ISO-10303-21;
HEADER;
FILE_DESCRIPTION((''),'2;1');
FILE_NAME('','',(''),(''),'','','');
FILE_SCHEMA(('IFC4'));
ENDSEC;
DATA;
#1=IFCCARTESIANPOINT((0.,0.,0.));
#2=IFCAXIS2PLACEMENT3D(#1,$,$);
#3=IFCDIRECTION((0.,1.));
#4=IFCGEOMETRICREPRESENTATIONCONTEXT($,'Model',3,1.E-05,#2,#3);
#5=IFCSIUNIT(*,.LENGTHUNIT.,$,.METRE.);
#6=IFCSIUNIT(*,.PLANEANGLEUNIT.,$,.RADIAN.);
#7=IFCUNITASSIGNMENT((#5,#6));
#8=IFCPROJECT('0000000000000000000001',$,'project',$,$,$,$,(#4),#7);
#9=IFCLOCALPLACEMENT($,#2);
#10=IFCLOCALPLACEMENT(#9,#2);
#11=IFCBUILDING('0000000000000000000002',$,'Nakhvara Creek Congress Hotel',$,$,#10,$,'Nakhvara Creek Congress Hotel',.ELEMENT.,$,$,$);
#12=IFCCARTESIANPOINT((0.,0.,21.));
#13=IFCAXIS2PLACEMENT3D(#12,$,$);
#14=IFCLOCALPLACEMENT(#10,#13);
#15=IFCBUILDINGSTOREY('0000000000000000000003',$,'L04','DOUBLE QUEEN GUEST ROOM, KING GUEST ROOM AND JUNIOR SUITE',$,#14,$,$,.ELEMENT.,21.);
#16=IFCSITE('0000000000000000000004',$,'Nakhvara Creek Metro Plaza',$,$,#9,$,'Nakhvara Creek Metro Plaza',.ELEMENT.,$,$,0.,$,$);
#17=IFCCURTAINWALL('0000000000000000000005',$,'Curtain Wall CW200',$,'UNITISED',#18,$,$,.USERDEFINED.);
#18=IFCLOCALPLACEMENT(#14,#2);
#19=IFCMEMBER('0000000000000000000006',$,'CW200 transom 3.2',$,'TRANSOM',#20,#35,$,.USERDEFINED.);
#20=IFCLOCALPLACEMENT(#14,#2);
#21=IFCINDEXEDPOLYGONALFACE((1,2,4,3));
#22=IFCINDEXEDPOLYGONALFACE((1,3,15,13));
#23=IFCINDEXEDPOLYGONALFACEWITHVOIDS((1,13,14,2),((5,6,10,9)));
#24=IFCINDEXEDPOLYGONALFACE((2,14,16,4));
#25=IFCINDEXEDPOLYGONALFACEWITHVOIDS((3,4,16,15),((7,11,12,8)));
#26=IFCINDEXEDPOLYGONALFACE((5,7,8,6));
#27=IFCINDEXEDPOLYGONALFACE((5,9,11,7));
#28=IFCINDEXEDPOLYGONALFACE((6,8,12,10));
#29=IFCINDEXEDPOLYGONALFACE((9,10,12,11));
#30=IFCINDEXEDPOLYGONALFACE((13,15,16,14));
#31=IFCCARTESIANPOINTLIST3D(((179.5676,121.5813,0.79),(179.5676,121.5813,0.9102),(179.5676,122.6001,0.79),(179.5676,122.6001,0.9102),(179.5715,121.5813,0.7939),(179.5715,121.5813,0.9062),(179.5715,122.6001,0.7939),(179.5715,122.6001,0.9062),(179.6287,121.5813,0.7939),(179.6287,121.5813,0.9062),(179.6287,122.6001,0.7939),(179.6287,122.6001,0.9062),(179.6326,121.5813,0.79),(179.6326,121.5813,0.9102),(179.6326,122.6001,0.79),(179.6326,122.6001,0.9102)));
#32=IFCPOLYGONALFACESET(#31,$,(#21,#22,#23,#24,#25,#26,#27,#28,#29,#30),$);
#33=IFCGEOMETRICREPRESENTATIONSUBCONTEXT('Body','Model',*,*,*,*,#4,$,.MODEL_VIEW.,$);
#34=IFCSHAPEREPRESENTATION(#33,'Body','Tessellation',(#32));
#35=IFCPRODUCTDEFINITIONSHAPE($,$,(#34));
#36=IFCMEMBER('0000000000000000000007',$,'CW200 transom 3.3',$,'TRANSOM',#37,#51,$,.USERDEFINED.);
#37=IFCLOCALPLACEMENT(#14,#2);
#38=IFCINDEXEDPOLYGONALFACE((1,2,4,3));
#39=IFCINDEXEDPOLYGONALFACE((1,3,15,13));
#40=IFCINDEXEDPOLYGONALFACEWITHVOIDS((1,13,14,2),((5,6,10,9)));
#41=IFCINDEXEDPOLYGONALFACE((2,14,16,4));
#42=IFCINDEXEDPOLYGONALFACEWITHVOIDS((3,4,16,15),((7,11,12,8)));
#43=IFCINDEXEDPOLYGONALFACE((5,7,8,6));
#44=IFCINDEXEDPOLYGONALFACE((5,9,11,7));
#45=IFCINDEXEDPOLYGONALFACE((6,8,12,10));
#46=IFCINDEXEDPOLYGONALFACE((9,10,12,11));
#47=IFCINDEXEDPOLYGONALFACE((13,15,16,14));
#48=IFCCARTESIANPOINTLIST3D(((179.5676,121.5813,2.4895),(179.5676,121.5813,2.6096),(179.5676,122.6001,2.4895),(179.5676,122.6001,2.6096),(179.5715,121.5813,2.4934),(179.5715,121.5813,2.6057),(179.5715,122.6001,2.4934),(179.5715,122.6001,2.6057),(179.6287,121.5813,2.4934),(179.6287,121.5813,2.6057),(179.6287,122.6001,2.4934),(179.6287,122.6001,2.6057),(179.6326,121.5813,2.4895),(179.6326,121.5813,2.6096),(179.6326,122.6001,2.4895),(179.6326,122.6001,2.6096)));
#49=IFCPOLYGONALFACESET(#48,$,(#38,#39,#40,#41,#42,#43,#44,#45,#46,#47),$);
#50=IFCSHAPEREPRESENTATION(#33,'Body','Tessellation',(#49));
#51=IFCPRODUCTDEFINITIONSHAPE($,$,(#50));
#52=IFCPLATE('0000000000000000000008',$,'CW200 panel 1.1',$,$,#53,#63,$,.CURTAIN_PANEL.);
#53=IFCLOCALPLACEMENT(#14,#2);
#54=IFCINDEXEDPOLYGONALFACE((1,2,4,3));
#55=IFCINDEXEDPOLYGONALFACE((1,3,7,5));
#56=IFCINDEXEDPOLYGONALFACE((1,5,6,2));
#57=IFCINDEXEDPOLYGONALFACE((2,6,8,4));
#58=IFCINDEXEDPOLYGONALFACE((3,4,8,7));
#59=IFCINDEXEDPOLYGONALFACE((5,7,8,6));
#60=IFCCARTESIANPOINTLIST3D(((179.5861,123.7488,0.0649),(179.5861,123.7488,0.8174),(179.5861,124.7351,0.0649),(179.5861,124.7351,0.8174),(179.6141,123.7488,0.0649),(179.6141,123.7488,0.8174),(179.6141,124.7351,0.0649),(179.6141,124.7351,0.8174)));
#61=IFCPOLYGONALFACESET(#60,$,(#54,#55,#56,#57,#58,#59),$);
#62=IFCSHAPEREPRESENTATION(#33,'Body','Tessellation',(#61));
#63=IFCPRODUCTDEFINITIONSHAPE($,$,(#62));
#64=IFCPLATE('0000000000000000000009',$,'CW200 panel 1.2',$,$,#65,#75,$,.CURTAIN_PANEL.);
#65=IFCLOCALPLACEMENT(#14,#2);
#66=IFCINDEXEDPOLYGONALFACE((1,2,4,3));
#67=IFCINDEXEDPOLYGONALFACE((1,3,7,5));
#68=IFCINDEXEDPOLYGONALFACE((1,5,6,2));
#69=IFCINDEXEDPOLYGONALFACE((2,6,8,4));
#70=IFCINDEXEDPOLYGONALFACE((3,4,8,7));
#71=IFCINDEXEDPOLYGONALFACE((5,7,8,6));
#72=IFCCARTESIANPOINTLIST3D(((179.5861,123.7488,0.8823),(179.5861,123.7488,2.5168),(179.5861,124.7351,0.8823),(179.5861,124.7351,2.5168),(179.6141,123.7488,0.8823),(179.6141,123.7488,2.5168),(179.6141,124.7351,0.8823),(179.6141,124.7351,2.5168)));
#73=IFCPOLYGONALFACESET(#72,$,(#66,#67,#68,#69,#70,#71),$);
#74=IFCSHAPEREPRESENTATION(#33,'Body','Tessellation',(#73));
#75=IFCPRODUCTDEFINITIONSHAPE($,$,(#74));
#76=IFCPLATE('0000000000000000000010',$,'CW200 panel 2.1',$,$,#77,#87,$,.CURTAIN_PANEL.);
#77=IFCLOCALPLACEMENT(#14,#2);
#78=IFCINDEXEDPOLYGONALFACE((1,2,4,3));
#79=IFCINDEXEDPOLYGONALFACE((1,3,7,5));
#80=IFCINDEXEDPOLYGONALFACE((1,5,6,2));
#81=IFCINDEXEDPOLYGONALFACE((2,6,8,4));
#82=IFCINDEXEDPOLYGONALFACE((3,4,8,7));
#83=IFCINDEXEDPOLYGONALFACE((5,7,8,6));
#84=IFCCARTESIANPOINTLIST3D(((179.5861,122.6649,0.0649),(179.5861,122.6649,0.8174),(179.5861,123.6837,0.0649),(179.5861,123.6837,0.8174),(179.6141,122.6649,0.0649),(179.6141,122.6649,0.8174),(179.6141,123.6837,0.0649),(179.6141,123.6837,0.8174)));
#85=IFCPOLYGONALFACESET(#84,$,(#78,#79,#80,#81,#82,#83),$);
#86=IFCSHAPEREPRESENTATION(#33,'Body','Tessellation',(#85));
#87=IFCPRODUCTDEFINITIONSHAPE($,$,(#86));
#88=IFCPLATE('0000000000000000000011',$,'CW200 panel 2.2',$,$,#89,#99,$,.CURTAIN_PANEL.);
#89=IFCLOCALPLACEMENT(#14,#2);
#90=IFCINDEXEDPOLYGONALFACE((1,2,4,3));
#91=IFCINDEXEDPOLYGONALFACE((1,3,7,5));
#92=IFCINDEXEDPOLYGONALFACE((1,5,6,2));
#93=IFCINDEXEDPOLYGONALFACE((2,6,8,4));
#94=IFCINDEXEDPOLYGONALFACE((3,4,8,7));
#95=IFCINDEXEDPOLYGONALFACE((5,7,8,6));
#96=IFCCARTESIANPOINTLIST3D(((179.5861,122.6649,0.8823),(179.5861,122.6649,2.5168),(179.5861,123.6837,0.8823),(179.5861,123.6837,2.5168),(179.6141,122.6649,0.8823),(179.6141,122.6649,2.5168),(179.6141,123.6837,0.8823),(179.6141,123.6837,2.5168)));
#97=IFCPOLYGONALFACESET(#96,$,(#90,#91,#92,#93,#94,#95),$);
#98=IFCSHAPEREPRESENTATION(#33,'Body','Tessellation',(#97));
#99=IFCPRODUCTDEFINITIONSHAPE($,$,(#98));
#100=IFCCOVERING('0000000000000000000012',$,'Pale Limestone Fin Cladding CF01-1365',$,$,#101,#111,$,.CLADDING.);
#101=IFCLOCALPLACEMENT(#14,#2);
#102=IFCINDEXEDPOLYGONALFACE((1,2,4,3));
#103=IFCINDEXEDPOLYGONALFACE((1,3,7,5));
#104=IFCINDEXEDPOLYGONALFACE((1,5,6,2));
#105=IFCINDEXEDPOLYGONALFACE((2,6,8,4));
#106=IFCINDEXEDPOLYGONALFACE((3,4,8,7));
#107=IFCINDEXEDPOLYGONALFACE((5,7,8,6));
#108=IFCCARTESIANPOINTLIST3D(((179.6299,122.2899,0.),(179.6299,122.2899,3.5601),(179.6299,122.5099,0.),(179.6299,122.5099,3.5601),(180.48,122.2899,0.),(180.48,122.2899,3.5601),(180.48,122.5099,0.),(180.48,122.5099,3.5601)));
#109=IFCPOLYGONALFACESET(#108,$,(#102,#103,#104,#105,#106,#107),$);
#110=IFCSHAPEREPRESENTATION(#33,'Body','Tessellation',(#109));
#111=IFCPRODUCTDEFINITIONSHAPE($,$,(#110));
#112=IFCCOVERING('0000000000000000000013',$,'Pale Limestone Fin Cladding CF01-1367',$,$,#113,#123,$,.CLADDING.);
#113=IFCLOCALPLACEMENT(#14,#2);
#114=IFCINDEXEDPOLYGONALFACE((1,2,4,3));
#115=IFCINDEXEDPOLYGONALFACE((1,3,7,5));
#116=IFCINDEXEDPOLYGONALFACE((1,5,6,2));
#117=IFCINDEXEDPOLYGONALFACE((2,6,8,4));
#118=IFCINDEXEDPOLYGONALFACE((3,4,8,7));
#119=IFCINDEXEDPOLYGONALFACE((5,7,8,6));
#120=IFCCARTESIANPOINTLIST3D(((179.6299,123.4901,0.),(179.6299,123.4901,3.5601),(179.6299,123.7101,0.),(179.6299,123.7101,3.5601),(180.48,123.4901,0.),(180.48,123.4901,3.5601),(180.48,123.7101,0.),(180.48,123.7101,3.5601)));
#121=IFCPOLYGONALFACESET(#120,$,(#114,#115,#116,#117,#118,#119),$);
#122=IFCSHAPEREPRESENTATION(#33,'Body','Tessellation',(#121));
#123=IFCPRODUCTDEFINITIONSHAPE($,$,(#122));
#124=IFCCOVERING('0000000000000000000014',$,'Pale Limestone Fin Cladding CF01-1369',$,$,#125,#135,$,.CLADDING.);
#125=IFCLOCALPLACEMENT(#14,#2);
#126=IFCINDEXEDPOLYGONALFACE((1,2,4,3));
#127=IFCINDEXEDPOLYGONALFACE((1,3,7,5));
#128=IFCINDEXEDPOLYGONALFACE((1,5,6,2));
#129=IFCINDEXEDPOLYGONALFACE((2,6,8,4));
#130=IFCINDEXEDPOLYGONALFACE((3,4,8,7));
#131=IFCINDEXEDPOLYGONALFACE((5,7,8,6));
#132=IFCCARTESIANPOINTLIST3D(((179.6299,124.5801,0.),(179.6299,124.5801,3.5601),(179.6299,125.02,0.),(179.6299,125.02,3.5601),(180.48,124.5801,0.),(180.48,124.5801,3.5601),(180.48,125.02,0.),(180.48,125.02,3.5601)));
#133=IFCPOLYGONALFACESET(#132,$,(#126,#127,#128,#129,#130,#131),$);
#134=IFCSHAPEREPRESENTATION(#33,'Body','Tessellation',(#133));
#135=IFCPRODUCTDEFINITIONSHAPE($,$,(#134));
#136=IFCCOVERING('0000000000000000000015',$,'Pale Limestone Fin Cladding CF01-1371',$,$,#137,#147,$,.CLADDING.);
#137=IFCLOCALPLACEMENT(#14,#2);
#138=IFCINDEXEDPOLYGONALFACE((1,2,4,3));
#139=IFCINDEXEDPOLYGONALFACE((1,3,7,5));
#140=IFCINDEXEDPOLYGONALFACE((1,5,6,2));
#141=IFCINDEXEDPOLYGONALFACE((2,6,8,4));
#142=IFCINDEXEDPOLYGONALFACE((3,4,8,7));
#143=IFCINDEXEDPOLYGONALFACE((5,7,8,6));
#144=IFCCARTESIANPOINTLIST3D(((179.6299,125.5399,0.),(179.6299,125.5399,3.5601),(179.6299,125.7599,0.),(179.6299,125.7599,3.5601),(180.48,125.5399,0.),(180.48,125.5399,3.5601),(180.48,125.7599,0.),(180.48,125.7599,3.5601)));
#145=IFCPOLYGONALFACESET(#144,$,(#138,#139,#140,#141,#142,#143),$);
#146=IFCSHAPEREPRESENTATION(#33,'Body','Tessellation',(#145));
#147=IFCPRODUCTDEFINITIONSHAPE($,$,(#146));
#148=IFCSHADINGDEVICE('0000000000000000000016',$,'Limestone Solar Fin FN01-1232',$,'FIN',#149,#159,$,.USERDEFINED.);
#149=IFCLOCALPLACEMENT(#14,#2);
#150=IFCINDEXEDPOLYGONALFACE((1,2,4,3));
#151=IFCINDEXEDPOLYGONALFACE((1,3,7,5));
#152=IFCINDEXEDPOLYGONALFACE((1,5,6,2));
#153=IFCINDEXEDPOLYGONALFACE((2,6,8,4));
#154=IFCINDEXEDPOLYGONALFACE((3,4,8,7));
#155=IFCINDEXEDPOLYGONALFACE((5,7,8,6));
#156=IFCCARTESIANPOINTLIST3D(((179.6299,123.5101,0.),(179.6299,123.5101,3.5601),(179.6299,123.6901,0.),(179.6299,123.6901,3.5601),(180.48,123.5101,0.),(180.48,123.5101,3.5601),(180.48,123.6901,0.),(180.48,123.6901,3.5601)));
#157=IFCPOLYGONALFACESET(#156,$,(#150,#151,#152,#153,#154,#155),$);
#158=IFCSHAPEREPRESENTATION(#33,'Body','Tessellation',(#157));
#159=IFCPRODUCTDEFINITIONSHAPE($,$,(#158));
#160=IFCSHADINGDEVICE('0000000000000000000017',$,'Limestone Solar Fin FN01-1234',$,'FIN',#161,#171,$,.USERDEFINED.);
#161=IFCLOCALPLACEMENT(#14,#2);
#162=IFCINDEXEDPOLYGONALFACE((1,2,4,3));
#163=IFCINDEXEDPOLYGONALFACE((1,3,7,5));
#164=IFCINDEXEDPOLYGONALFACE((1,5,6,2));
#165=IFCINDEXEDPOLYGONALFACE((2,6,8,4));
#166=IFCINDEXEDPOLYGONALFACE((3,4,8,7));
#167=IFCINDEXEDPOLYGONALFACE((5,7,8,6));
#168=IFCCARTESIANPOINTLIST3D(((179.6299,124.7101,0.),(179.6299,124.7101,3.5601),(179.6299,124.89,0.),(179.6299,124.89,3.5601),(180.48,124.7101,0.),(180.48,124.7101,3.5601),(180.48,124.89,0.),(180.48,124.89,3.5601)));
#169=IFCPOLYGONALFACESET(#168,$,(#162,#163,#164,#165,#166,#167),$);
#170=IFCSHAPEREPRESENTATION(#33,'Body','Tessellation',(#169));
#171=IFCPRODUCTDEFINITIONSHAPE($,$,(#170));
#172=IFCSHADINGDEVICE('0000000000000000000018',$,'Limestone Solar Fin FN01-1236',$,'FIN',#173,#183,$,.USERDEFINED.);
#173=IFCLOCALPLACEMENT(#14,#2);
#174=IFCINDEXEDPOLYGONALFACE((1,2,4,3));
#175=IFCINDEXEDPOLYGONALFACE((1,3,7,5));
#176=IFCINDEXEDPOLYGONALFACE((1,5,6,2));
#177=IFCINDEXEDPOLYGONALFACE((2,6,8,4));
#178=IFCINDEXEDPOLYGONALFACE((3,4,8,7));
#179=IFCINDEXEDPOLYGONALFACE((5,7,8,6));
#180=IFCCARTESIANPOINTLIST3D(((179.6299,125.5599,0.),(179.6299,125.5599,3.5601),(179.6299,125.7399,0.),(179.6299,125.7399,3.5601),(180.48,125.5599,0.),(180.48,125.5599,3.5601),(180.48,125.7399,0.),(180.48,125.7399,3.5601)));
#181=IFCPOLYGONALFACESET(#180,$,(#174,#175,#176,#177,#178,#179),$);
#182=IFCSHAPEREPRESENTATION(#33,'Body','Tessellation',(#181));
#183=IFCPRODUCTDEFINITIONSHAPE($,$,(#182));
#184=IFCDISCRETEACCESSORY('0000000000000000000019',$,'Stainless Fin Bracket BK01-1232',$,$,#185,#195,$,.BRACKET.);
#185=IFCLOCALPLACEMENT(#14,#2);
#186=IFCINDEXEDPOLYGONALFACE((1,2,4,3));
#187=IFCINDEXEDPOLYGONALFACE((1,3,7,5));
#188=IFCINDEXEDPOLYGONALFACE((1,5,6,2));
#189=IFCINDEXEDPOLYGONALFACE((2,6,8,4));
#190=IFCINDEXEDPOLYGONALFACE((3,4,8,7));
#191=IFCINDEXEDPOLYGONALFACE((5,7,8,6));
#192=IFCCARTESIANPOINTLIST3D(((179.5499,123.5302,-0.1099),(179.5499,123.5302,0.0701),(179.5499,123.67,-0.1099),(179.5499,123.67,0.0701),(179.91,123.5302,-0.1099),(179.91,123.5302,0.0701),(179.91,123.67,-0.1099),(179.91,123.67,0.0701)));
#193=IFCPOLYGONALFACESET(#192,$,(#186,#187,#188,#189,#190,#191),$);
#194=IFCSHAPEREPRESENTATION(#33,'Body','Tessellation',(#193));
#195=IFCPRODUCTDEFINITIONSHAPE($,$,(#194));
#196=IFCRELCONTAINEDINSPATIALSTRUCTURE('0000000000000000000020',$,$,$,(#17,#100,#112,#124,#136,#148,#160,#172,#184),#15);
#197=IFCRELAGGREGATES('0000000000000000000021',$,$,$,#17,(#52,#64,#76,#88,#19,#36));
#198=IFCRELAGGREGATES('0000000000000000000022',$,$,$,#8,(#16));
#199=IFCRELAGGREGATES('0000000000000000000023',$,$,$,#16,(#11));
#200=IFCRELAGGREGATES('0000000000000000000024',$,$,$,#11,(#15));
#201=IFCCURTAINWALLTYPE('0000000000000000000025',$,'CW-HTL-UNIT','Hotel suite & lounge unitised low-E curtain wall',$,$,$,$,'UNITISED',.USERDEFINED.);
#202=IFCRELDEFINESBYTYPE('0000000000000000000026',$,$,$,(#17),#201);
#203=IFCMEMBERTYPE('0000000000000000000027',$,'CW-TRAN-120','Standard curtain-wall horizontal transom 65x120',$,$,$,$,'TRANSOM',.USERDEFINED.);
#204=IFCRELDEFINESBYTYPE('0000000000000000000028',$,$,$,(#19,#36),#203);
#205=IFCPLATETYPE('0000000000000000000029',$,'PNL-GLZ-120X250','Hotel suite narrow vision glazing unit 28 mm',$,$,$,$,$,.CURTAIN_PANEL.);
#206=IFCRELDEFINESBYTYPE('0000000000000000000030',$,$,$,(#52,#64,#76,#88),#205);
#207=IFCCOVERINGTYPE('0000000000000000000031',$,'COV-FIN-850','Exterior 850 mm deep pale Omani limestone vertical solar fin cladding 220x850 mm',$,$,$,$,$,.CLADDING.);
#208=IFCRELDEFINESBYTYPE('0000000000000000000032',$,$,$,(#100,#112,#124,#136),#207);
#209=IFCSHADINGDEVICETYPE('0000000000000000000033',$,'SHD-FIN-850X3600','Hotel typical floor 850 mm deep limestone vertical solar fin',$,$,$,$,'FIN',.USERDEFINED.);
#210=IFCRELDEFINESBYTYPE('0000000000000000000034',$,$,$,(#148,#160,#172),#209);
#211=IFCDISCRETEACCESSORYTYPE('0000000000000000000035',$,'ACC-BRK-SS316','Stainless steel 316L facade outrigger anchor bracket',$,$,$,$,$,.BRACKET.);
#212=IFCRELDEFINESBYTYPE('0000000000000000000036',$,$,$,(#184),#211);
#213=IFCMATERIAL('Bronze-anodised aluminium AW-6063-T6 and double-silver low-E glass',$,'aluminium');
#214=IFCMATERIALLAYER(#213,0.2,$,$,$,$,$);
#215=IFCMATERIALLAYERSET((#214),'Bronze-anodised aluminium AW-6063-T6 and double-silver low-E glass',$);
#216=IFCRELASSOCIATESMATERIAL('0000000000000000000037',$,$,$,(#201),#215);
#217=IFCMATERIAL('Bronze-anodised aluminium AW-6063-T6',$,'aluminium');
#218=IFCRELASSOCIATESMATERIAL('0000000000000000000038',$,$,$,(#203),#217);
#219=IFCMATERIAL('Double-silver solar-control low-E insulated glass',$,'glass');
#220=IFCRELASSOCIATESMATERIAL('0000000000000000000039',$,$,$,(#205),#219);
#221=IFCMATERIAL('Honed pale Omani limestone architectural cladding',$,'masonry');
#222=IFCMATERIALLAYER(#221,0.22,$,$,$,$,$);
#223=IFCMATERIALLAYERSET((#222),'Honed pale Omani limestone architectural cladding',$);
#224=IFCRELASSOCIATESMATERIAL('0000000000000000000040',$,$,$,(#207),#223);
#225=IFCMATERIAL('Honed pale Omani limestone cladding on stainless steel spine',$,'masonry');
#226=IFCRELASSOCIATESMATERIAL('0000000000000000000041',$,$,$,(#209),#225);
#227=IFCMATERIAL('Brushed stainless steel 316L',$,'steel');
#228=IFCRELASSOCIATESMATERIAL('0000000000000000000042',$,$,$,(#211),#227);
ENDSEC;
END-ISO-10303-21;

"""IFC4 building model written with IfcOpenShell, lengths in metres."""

from ifc_helpers import new_model, si_unit, direction, frame, origin, origin_2d, place, context, subcontext, project, spatial, rectangle, hollow_rectangle, extrude, material, layer, layer_set, material_profile, profile_set, type_object, element, aggregate, save


model = new_model("IFC4")

# Units and contexts
model_context = context("Model", 3, precision=1e-05, world=origin(), true_north=direction((0.0, 1.0)))
body_context = subcontext(model_context, "Body", "Model", "MODEL_VIEW")
ifc_project = project(units=[si_unit("LENGTHUNIT", "METRE"), si_unit("PLANEANGLEUNIT", "RADIAN")], contexts=[model_context])

# Site, building, storey
site_placement = place(None, origin())
site = spatial("IfcSite", under=ifc_project, at=site_placement, Name="Nakhvara Creek Metro Plaza", LongName="Nakhvara Creek Metro Plaza", CompositionType="ELEMENT", RefElevation=0.0)
building_placement = place(site_placement, origin())
building = spatial("IfcBuilding", under=site, at=building_placement, Name="Nakhvara Creek Congress Hotel", LongName="Nakhvara Creek Congress Hotel", CompositionType="ELEMENT")
storey_placement = place(building_placement, frame((0.0, 0.0, 21.0)))
storey = spatial("IfcBuildingStorey", under=building, at=storey_placement, Name="L04", Description="DOUBLE QUEEN GUEST ROOM, KING GUEST ROOM AND JUNIOR SUITE", CompositionType="ELEMENT", Elevation=21.0)

# Curtain wall, members, plates
ifc_material_1 = material(Name="Bronze-anodised aluminium AW-6063-T6 and double-silver low-E glass", Category="aluminium")
ifc_layer_1 = layer(ifc_material_1, 0.2)
ifc_layer_set_1 = layer_set([ifc_layer_1], Name="Bronze-anodised aluminium AW-6063-T6 and double-silver low-E glass")
curtain_wall_type = type_object("IfcCurtainWallType", Name="CW-HTL-UNIT", Description="Hotel suite & lounge unitised low-E curtain wall", ElementType="UNITISED", PredefinedType="USERDEFINED", material=ifc_layer_set_1)
curtain_wall_placement = place(storey_placement, origin())
curtain_wall = element("IfcCurtainWall", 1, at=curtain_wall_placement, inside=storey, type_object=curtain_wall_type, Name="Curtain Wall CW200", ObjectType="UNITISED", PredefinedType="USERDEFINED")
ifc_material_2 = material(Name="Bronze-anodised aluminium AW-6063-T6", Category="aluminium")
ifc_material_profile_1 = material_profile(ifc_material_2, hollow_rectangle(XDim=0.0649, YDim=0.1201, WallThickness=0.0039, at=origin_2d()), Name="ALU-TRAN 65x120x4", Category="LoadBearing")
ifc_profile_set_1 = profile_set([ifc_material_profile_1], Name="Bronze-anodised aluminium AW-6063-T6")
member_type_1 = type_object("IfcMemberType", Name="CW-TRAN-120", Description="Standard curtain-wall horizontal transom 65x120", ElementType="TRANSOM", PredefinedType="USERDEFINED", material=ifc_profile_set_1)
member_1_placement = place(storey_placement, frame((179.6001, 122.6001, 0.8501), z_axis=(0.0, -1.0, 0.0), x_axis=(1.0, 0.0, 0.0)))
member_1 = element("IfcMember", 2, at=member_1_placement, type_object=member_type_1, Name="CW200 transom 3.2", ObjectType="TRANSOM", PredefinedType="USERDEFINED", context=body_context, shape_type="SweptSolid", body=[
    extrude(hollow_rectangle(XDim=0.0649, YDim=0.1201, WallThickness=0.0039, at=origin_2d()), origin(), (0.0, 0.0, 1.0), 1.0188),
])
member_2_placement = place(storey_placement, frame((179.6001, 122.6001, 2.5496), z_axis=(0.0, -1.0, 0.0), x_axis=(1.0, 0.0, 0.0)))
member_2 = element("IfcMember", 3, at=member_2_placement, type_object=member_type_1, Name="CW200 transom 3.3", ObjectType="TRANSOM", PredefinedType="USERDEFINED", context=body_context, shape_type="SweptSolid", body=[
    extrude(hollow_rectangle(XDim=0.0649, YDim=0.1201, WallThickness=0.0039, at=origin_2d()), origin(), (0.0, 0.0, 1.0), 1.0188),
])
ifc_material_3 = material(Name="Double-silver solar-control low-E insulated glass", Category="glass")
plate_type = type_object("IfcPlateType", Name="PNL-GLZ-120X250", Description="Hotel suite narrow vision glazing unit 28 mm", PredefinedType="CURTAIN_PANEL", material=ifc_material_3)
plate_1_placement = place(storey_placement, frame((179.6001, 124.2419, 0.0649), z_axis=(0.0, 0.0, 1.0), x_axis=(0.0, -1.0, 0.0)))
plate_1 = element("IfcPlate", 4, at=plate_1_placement, type_object=plate_type, Name="CW200 panel 1.1", PredefinedType="CURTAIN_PANEL", context=body_context, shape_type="SweptSolid", body=[
    extrude(rectangle(XDim=0.9863, YDim=0.0281, at=origin_2d()), origin(), (0.0, 0.0, 1.0), 0.7524),
])
plate_2_placement = place(storey_placement, frame((179.6001, 124.2419, 0.8823), z_axis=(0.0, 0.0, 1.0), x_axis=(0.0, -1.0, 0.0)))
plate_2 = element("IfcPlate", 5, at=plate_2_placement, type_object=plate_type, Name="CW200 panel 1.2", PredefinedType="CURTAIN_PANEL", context=body_context, shape_type="SweptSolid", body=[
    extrude(rectangle(XDim=0.9863, YDim=0.0281, at=origin_2d()), origin(), (0.0, 0.0, 1.0), 1.6345),
])
plate_3_placement = place(storey_placement, frame((179.6001, 123.1743, 0.0649), z_axis=(0.0, 0.0, 1.0), x_axis=(0.0, -1.0, 0.0)))
plate_3 = element("IfcPlate", 6, at=plate_3_placement, type_object=plate_type, Name="CW200 panel 2.1", PredefinedType="CURTAIN_PANEL", context=body_context, shape_type="SweptSolid", body=[
    extrude(rectangle(XDim=1.0188, YDim=0.0281, at=origin_2d()), origin(), (0.0, 0.0, 1.0), 0.7524),
])
plate_4_placement = place(storey_placement, frame((179.6001, 123.1743, 0.8823), z_axis=(0.0, 0.0, 1.0), x_axis=(0.0, -1.0, 0.0)))
plate_4 = element("IfcPlate", 7, at=plate_4_placement, type_object=plate_type, Name="CW200 panel 2.2", PredefinedType="CURTAIN_PANEL", context=body_context, shape_type="SweptSolid", body=[
    extrude(rectangle(XDim=1.0188, YDim=0.0281, at=origin_2d()), origin(), (0.0, 0.0, 1.0), 1.6345),
])
aggregate(curtain_wall, [plate_1, plate_2, plate_3, plate_4, member_1, member_2])

# Coverings
ifc_material_4 = material(Name="Honed pale Omani limestone architectural cladding", Category="masonry")
ifc_layer_2 = layer(ifc_material_4, 0.22)
ifc_layer_set_2 = layer_set([ifc_layer_2], Name="Honed pale Omani limestone architectural cladding")
covering_type = type_object("IfcCoveringType", Name="COV-FIN-850", Description="Exterior 850 mm deep pale Omani limestone vertical solar fin cladding 220x850 mm", PredefinedType="CLADDING", material=ifc_layer_set_2)
for number, where, z_axis, x_axis, name in (
    (8, (180.0549, 122.3999, 0.0), (0.0, 0.0, 1.0), (0.0, 1.0, 0.0), "Pale Limestone Fin Cladding CF01-1365"),
    (9, (180.0549, 123.6001, 0.0), (0.0, 0.0, 1.0), (0.0, 1.0, 0.0), "Pale Limestone Fin Cladding CF01-1367"),
):
    element("IfcCovering", number, at=place(storey_placement, frame(where, z_axis=z_axis, x_axis=x_axis)), inside=storey, type_object=covering_type, Name=name, PredefinedType="CLADDING", context=body_context, shape_type="SweptSolid", body=[
        extrude(rectangle(XDim=0.22, YDim=0.8501, at=origin_2d()), origin(), (0.0, 0.0, 1.0), 3.5601),
    ])
covering_1_placement = place(storey_placement, frame((180.0549, 124.8, 0.0), z_axis=(0.0, 0.0, 1.0), x_axis=(0.0, 1.0, 0.0)))
element("IfcCovering", 10, at=covering_1_placement, inside=storey, type_object=covering_type, Name="Pale Limestone Fin Cladding CF01-1369", PredefinedType="CLADDING", context=body_context, shape_type="SweptSolid", body=[
    extrude(rectangle(XDim=0.4399, YDim=0.8501, at=origin_2d()), origin(), (0.0, 0.0, 1.0), 3.5601),
])
covering_2_placement = place(storey_placement, frame((180.0549, 125.6499, 0.0), z_axis=(0.0, 0.0, 1.0), x_axis=(0.0, 1.0, 0.0)))
element("IfcCovering", 11, at=covering_2_placement, inside=storey, type_object=covering_type, Name="Pale Limestone Fin Cladding CF01-1371", PredefinedType="CLADDING", context=body_context, shape_type="SweptSolid", body=[
    extrude(rectangle(XDim=0.22, YDim=0.8501, at=origin_2d()), origin(), (0.0, 0.0, 1.0), 3.5601),
])

# Shading devices
ifc_material_5 = material(Name="Honed pale Omani limestone cladding on stainless steel spine", Category="masonry")
shading_device_type = type_object("IfcShadingDeviceType", Name="SHD-FIN-850X3600", Description="Hotel typical floor 850 mm deep limestone vertical solar fin", ElementType="FIN", PredefinedType="USERDEFINED", material=ifc_material_5)
for number, where, z_axis, x_axis, name in (
    (12, (180.0549, 123.6001, 0.0), (0.0, 0.0, 1.0), (0.0, 1.0, 0.0), "Limestone Solar Fin FN01-1232"),
    (13, (180.0549, 124.8, 0.0), (0.0, 0.0, 1.0), (0.0, 1.0, 0.0), "Limestone Solar Fin FN01-1234"),
    (14, (180.0549, 125.6499, 0.0), (0.0, 0.0, 1.0), (0.0, 1.0, 0.0), "Limestone Solar Fin FN01-1236"),
):
    element("IfcShadingDevice", number, at=place(storey_placement, frame(where, z_axis=z_axis, x_axis=x_axis)), inside=storey, type_object=shading_device_type, Name=name, ObjectType="FIN", PredefinedType="USERDEFINED", context=body_context, shape_type="SweptSolid", body=[
        extrude(rectangle(XDim=0.1799, YDim=0.8501, at=origin_2d()), origin(), (0.0, 0.0, 1.0), 3.5601),
    ])

# Discrete accessory
ifc_material_6 = material(Name="Brushed stainless steel 316L", Category="steel")
discrete_accessory_type = type_object("IfcDiscreteAccessoryType", Name="ACC-BRK-SS316", Description="Stainless steel 316L facade outrigger anchor bracket", PredefinedType="BRACKET", material=ifc_material_6)
for number, where, z_axis, x_axis, name in (
    (15, (179.73, 123.6001, -0.1099), (0.0, 0.0, 1.0), (0.0, 1.0, 0.0), "Stainless Fin Bracket BK01-1232"),
):
    element("IfcDiscreteAccessory", number, at=place(storey_placement, frame(where, z_axis=z_axis, x_axis=x_axis)), inside=storey, type_object=discrete_accessory_type, Name=name, PredefinedType="BRACKET", context=body_context, shape_type="SweptSolid", body=[
        extrude(rectangle(XDim=0.1399, YDim=0.3601, at=origin_2d()), origin(), (0.0, 0.0, 1.0), 0.1799),
    ])

save(model, "model.ifc")
